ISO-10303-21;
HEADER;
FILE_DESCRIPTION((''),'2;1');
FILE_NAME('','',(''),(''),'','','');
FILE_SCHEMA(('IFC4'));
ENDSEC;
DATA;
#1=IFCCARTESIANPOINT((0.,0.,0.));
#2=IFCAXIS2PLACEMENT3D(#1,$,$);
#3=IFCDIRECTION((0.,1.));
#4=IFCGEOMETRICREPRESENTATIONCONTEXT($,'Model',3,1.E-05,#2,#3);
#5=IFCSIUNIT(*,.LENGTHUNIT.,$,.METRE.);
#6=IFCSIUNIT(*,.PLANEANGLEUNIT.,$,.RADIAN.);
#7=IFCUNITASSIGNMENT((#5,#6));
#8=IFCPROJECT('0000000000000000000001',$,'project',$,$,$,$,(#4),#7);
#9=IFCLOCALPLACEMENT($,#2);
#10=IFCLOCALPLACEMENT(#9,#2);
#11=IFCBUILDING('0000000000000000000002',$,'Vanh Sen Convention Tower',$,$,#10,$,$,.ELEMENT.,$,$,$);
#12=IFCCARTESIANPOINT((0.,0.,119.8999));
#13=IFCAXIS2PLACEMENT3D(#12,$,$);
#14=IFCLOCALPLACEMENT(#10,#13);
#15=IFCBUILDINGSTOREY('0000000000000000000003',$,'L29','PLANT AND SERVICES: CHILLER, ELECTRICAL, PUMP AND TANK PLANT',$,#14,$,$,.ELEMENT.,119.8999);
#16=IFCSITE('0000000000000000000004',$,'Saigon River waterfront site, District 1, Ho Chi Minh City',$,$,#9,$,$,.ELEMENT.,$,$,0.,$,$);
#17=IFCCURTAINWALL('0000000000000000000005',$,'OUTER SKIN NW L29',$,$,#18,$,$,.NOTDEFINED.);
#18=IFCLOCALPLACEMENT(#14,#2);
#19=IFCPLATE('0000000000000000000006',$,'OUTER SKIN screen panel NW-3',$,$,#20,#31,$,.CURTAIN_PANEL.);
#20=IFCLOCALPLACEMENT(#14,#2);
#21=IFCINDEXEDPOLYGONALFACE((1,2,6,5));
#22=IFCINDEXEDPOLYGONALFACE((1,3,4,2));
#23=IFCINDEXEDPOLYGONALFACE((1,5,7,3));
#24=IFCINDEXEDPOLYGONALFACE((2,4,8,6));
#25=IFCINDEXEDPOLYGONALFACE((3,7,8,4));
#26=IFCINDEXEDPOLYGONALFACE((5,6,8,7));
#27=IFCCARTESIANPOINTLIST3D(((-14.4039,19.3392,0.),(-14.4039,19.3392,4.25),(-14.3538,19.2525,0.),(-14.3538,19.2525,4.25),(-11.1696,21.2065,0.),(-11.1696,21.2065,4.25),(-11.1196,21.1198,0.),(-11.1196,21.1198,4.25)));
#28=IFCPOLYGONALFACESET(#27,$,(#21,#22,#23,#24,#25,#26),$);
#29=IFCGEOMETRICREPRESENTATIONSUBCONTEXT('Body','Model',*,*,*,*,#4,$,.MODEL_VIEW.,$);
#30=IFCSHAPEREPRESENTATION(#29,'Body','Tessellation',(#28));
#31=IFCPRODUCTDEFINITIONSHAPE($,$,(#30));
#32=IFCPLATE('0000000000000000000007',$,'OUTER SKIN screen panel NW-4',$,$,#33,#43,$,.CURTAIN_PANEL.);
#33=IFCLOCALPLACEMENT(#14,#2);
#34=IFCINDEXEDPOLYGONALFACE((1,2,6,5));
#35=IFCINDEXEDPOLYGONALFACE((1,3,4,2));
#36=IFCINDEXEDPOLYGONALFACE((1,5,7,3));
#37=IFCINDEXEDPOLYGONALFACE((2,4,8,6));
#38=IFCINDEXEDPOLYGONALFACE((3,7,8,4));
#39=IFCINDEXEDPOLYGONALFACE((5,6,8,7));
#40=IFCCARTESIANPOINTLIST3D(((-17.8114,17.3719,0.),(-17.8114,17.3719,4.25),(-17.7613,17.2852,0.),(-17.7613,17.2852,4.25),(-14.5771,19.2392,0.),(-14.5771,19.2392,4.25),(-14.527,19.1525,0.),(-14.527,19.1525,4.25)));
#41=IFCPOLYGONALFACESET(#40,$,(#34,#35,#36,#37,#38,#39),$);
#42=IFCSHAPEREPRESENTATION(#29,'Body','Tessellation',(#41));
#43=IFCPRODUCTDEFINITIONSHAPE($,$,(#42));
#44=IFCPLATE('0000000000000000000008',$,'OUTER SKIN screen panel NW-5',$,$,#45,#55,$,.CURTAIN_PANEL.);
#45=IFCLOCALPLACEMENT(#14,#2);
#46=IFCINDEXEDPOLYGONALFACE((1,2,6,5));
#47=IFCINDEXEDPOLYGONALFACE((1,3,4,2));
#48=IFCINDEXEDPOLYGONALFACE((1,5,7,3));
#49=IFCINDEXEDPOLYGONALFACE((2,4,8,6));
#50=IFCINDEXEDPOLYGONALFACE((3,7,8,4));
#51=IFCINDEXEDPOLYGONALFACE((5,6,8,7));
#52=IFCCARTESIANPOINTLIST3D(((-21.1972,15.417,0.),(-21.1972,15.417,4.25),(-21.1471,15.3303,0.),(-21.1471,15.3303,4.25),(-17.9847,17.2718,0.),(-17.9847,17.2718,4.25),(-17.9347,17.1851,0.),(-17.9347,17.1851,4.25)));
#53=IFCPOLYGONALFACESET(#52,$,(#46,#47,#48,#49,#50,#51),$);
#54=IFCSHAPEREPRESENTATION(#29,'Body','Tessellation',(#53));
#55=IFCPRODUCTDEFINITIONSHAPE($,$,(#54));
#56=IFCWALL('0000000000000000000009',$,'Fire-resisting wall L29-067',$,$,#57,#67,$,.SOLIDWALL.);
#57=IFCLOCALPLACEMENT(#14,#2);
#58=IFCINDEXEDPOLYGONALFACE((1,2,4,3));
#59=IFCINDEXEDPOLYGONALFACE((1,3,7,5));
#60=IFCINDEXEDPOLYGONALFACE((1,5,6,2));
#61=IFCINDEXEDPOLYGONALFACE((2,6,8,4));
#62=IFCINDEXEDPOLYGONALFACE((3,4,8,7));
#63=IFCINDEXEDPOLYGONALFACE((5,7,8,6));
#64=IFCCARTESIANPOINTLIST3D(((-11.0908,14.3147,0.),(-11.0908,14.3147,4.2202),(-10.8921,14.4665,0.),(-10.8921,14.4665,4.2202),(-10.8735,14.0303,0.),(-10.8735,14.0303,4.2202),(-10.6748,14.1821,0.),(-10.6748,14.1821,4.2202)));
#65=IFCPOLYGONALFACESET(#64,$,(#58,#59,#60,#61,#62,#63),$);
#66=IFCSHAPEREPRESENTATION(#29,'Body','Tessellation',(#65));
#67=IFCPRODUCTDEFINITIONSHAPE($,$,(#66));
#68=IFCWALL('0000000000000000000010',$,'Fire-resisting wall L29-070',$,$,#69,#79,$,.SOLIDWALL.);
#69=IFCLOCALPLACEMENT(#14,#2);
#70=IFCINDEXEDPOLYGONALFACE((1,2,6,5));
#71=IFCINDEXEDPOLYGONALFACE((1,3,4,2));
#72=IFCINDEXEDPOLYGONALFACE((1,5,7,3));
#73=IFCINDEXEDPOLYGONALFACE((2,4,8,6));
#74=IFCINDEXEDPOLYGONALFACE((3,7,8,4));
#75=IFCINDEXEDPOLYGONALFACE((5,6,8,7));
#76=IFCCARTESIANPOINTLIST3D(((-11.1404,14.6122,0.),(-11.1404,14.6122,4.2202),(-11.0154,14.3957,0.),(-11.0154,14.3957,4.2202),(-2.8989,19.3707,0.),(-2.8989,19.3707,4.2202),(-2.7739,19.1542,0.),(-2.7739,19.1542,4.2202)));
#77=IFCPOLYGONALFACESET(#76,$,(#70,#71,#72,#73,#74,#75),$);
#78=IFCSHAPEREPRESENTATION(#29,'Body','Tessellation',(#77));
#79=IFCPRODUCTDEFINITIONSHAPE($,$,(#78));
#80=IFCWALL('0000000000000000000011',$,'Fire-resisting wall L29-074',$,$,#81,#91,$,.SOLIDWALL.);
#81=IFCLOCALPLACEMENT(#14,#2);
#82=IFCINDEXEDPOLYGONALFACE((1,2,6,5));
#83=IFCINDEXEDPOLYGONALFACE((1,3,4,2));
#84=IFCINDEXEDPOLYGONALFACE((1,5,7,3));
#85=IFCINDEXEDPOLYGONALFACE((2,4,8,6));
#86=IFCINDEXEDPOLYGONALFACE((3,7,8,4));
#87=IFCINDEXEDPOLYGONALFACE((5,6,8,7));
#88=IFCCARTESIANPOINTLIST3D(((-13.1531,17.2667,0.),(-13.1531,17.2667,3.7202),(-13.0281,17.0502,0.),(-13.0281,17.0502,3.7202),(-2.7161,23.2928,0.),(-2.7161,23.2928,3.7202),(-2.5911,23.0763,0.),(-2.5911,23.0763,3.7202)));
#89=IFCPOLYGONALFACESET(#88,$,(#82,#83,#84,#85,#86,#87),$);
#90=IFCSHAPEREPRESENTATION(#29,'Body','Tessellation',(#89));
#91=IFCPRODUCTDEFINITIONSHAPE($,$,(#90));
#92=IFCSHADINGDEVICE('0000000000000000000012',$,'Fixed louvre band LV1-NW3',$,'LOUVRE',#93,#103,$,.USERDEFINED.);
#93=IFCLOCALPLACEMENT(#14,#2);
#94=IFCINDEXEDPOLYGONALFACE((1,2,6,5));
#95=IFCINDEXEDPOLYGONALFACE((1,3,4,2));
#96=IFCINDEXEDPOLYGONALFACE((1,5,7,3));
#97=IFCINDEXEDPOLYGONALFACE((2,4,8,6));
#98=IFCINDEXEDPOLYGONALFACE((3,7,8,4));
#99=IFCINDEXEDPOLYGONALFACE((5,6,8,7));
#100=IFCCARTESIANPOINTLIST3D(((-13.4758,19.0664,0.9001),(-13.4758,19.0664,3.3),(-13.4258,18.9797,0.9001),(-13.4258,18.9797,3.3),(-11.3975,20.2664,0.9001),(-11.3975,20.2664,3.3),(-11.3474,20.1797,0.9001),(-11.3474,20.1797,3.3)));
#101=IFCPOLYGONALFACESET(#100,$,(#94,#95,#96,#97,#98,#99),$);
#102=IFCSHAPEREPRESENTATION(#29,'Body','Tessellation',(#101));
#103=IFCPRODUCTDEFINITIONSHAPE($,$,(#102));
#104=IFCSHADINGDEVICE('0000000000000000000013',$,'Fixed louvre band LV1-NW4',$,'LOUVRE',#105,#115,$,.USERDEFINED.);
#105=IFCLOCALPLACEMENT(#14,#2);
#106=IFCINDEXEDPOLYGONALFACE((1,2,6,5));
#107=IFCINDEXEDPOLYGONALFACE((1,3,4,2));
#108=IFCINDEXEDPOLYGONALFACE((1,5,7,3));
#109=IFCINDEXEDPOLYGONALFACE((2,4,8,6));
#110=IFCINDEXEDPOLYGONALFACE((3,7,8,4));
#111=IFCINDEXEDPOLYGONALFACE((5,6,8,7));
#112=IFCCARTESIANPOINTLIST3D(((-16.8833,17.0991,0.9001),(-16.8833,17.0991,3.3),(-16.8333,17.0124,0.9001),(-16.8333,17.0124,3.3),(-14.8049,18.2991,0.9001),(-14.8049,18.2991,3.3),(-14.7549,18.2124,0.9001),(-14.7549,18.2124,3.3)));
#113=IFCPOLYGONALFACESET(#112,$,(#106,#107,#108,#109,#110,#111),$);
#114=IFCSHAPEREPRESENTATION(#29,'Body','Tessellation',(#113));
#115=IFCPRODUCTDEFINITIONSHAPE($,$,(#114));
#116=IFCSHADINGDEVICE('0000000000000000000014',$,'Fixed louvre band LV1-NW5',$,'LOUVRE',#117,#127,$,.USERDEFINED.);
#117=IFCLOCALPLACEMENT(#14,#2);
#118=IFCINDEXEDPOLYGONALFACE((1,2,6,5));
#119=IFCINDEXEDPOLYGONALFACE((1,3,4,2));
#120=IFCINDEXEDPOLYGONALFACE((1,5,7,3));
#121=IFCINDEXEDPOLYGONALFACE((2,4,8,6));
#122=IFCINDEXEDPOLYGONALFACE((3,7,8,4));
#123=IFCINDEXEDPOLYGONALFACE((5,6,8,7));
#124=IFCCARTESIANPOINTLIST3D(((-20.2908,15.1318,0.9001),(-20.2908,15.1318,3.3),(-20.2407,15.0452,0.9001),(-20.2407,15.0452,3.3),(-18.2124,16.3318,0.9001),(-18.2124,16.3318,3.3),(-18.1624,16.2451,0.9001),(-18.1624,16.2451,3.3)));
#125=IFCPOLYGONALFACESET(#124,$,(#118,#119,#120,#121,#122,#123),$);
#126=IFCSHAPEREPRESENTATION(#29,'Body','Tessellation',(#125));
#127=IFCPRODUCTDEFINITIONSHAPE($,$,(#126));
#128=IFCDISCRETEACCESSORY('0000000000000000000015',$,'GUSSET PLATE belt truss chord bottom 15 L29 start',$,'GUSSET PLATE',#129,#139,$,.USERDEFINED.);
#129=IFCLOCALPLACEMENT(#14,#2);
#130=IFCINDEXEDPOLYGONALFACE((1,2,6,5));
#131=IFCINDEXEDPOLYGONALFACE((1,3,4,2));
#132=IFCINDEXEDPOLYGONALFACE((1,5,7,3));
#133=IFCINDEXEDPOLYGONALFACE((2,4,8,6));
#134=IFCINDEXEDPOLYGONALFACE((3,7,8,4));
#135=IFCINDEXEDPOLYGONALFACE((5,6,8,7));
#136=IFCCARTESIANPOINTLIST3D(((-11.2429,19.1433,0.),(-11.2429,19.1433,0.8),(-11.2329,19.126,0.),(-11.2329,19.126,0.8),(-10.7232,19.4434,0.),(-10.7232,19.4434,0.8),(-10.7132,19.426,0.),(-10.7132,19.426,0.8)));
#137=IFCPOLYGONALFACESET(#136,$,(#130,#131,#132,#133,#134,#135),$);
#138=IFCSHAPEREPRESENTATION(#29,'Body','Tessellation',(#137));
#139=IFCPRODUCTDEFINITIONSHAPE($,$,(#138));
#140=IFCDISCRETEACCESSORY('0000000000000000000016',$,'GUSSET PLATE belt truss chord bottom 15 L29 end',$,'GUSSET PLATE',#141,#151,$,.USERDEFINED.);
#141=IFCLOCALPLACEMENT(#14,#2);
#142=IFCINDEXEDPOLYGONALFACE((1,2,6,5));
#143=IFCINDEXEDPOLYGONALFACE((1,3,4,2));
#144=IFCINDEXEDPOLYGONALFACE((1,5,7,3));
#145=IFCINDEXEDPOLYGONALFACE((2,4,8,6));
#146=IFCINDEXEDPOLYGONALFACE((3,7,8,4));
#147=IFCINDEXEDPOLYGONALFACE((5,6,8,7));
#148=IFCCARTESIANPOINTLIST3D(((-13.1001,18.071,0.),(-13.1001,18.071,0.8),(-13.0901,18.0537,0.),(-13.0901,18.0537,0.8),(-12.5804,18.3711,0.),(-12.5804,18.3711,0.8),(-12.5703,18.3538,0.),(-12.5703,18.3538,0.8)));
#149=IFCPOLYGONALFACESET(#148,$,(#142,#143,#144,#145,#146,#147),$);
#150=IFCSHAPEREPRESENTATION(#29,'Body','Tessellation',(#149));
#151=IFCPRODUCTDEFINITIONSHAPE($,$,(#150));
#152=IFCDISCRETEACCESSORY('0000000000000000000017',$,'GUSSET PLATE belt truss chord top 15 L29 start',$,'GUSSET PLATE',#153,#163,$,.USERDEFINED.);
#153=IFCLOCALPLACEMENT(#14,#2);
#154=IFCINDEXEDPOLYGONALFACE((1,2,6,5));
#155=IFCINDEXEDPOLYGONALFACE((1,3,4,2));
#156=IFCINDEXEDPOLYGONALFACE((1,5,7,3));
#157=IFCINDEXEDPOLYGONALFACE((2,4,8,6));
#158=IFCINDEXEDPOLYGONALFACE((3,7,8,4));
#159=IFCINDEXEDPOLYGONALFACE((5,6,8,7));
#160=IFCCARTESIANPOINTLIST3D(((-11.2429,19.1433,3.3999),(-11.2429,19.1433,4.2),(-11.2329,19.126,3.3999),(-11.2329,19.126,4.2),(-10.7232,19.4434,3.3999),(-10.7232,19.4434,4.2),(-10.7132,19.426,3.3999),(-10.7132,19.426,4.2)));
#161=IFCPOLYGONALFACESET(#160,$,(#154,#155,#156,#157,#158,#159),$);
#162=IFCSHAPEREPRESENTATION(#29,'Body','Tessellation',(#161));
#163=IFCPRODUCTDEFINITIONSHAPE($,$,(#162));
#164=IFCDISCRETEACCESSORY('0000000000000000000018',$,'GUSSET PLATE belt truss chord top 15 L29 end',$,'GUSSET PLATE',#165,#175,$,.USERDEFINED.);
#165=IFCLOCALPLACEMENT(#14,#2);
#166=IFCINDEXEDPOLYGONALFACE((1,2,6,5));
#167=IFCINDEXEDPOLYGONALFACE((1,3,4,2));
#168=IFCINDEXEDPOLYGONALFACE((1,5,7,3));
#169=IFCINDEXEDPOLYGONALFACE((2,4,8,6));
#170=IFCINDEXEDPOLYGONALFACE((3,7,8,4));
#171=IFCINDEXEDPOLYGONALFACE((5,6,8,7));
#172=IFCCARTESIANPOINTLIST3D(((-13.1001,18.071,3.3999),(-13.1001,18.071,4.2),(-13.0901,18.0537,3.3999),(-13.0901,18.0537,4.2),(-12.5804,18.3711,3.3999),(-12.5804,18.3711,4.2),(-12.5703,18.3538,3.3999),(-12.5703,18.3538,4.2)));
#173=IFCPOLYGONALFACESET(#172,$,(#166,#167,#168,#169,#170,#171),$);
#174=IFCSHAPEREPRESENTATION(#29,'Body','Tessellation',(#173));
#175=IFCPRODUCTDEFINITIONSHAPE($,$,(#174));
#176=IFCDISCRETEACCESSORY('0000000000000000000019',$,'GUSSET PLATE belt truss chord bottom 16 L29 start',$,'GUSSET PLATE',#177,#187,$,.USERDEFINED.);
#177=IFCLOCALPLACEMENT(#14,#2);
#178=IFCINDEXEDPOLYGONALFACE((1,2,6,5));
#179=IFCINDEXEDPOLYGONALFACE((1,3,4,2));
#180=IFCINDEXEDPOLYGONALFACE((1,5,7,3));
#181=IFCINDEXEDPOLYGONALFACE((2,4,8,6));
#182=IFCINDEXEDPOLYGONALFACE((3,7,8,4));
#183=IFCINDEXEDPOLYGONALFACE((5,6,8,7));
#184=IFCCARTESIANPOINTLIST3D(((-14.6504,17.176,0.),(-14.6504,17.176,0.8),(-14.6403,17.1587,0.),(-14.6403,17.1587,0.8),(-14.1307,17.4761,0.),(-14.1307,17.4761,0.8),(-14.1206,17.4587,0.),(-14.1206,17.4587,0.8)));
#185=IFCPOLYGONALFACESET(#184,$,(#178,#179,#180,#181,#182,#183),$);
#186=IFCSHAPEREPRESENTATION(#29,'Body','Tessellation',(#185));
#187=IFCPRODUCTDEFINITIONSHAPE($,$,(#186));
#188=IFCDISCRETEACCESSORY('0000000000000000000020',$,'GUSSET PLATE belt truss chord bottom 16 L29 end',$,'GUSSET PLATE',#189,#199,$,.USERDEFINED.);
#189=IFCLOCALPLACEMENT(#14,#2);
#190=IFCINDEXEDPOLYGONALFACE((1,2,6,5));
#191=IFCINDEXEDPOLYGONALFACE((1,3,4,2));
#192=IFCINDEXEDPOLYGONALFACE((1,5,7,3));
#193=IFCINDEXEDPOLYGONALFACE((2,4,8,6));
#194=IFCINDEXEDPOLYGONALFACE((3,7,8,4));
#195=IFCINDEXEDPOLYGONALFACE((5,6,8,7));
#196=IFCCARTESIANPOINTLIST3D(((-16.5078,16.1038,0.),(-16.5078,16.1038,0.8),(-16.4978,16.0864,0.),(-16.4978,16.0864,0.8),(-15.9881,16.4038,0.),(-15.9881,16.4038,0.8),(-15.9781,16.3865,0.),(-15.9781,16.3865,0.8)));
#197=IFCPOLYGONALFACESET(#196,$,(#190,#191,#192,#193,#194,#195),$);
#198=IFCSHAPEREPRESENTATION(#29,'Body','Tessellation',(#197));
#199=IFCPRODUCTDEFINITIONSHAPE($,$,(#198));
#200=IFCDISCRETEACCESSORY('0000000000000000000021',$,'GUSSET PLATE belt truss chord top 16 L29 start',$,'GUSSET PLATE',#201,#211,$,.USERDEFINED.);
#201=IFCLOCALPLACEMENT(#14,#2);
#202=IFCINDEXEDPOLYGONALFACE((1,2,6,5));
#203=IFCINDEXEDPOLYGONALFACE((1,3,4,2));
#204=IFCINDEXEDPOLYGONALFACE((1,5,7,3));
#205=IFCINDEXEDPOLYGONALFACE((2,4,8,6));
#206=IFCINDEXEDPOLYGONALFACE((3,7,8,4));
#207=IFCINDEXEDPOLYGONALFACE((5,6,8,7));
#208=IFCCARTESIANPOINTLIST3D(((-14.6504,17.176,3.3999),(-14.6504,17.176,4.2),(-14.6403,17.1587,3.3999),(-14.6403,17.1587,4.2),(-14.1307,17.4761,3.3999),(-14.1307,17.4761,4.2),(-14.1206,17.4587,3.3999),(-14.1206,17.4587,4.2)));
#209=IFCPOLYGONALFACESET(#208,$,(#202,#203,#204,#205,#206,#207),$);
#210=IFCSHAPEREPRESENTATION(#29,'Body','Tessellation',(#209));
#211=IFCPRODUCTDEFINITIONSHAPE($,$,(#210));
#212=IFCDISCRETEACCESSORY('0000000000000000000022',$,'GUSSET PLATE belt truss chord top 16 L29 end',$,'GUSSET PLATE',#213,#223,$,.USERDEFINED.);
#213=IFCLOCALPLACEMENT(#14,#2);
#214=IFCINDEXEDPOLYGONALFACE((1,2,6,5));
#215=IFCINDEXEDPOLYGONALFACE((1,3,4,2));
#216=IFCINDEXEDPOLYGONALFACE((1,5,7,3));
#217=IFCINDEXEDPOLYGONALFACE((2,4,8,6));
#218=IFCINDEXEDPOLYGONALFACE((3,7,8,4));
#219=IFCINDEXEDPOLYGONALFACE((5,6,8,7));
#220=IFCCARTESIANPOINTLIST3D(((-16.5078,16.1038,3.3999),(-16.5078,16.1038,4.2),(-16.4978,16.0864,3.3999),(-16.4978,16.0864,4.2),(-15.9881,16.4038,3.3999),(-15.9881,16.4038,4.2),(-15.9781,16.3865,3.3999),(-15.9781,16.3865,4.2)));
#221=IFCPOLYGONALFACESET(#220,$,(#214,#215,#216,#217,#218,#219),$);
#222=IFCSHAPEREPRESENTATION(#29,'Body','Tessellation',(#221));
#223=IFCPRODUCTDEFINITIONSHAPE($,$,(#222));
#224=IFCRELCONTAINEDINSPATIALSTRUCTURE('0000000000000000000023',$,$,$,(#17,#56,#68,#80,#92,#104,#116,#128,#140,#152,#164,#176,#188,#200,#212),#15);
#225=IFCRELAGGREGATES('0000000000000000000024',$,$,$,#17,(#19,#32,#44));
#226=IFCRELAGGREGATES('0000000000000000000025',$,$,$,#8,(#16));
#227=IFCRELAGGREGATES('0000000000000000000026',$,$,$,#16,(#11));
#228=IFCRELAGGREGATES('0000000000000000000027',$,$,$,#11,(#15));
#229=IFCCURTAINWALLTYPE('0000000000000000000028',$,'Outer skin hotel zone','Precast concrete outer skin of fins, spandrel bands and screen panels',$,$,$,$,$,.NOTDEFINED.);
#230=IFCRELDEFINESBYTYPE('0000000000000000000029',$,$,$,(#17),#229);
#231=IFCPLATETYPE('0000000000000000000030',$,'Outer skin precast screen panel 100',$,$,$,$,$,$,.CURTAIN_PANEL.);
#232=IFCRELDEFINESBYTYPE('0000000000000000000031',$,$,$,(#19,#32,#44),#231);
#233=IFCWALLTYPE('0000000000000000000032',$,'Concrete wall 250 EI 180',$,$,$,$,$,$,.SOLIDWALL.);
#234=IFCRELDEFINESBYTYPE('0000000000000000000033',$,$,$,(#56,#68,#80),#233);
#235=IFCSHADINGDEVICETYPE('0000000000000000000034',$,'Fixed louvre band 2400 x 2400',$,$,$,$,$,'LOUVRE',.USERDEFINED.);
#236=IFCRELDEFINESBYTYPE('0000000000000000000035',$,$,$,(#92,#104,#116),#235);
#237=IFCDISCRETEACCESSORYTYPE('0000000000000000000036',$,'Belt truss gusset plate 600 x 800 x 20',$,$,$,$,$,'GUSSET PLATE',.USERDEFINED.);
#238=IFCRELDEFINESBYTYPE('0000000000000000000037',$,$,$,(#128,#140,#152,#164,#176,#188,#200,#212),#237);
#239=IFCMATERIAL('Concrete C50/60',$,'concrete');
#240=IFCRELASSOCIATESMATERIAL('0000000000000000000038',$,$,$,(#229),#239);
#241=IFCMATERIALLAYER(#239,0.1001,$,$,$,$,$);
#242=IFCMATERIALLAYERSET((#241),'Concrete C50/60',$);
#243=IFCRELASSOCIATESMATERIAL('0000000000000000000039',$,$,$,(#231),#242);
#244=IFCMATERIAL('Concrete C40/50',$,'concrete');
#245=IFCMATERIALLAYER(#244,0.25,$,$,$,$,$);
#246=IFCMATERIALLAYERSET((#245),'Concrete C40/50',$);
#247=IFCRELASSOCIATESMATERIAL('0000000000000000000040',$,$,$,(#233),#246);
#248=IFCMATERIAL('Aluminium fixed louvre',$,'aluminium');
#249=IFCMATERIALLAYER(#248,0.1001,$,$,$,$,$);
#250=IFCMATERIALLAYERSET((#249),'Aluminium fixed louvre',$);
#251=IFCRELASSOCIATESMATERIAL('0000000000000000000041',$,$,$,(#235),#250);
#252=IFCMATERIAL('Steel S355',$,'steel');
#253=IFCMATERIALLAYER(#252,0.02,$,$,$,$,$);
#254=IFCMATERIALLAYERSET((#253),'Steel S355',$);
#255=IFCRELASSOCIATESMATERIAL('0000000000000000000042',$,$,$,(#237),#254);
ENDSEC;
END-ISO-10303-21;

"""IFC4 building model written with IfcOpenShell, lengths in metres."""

from ifc_helpers import new_model, si_unit, direction, frame, frame_2d, origin, origin_2d, place, context, subcontext, project, spatial, rectangle, extrude, material, layer, layer_set, type_object, element, aggregate, save


model = new_model("IFC4")

# Units and contexts
model_context = context("Model", 3, precision=1e-05, world=origin(), true_north=direction((0.0, 1.0)))
body_context = subcontext(model_context, "Body", "Model", "MODEL_VIEW")
ifc_project = project(units=[si_unit("LENGTHUNIT", "METRE"), si_unit("PLANEANGLEUNIT", "RADIAN")], contexts=[model_context])

# Site, building, storey
site_placement = place(None, origin())
site = spatial("IfcSite", under=ifc_project, at=site_placement, Name="Saigon River waterfront site, District 1, Ho Chi Minh City", CompositionType="ELEMENT", RefElevation=0.0)
building_placement = place(site_placement, origin())
building = spatial("IfcBuilding", under=site, at=building_placement, Name="Vanh Sen Convention Tower", CompositionType="ELEMENT")
storey_placement = place(building_placement, frame((0.0, 0.0, 119.8999)))
storey = spatial("IfcBuildingStorey", under=building, at=storey_placement, Name="L29", Description="PLANT AND SERVICES: CHILLER, ELECTRICAL, PUMP AND TANK PLANT", CompositionType="ELEMENT", Elevation=119.8999)

# Shared definitions
ifc_material_1 = material(Name="Steel S355", Category="steel")

# Curtain wall
ifc_material_2 = material(Name="Concrete C50/60", Category="concrete")
curtain_wall_type = type_object("IfcCurtainWallType", Name="Outer skin hotel zone", Description="Precast concrete outer skin of fins, spandrel bands and screen panels", PredefinedType="NOTDEFINED", material=ifc_material_2)
curtain_wall_1_placement = place(storey_placement, origin())
curtain_wall_1 = element("IfcCurtainWall", 1, at=curtain_wall_1_placement, inside=storey, type_object=curtain_wall_type, Name="OUTER SKIN NW L29", PredefinedType="NOTDEFINED")

# Plates
ifc_layer_1 = layer(ifc_material_2, 0.1001)
ifc_layer_set_1 = layer_set([ifc_layer_1], Name="Concrete C50/60")
plate_type = type_object("IfcPlateType", Name="Outer skin precast screen panel 100", PredefinedType="CURTAIN_PANEL", material=ifc_layer_set_1)
plate_1_placement = place(storey_placement, frame((-12.7617, 20.2295, 0.0), z_axis=(0.0, 0.0, 1.0), x_axis=(-0.866028, -0.499995, 0.0)))
plate_1 = element("IfcPlate", 2, at=plate_1_placement, type_object=plate_type, Name="OUTER SKIN screen panel NW-3", PredefinedType="CURTAIN_PANEL", context=body_context, shape_type="SweptSolid", body=[
    extrude(rectangle(XDim=3.7346, YDim=0.1001, at=origin_2d()), origin(), (0.0, 0.0, 1.0), 4.25),
])
plate_2_placement = place(storey_placement, frame((-16.1692, 18.2622, 0.0), z_axis=(0.0, 0.0, 1.0), x_axis=(-0.866028, -0.499995, 0.0)))
plate_2 = element("IfcPlate", 3, at=plate_2_placement, type_object=plate_type, Name="OUTER SKIN screen panel NW-4", PredefinedType="CURTAIN_PANEL", context=body_context, shape_type="SweptSolid", body=[
    extrude(rectangle(XDim=3.7346, YDim=0.1001, at=origin_2d()), origin(), (0.0, 0.0, 1.0), 4.25),
])
plate_3_placement = place(storey_placement, frame((-19.5659, 16.301, 0.0), z_axis=(0.0, 0.0, 1.0), x_axis=(-0.866021, -0.500008, 0.0)))
plate_3 = element("IfcPlate", 4, at=plate_3_placement, type_object=plate_type, Name="OUTER SKIN screen panel NW-5", PredefinedType="CURTAIN_PANEL", context=body_context, shape_type="SweptSolid", body=[
    extrude(rectangle(XDim=3.7095, YDim=0.1001, at=origin_2d()), origin(), (0.0, 0.0, 1.0), 4.25),
])
aggregate(curtain_wall_1, [plate_1, plate_2, plate_3])

# Walls
ifc_material_3 = material(Name="Concrete C40/50", Category="concrete")
ifc_layer_2 = layer(ifc_material_3, 0.25)
ifc_layer_set_2 = layer_set([ifc_layer_2], Name="Concrete C40/50")
wall_type = type_object("IfcWallType", Name="Concrete wall 250 EI 180", PredefinedType="SOLIDWALL", material=ifc_layer_set_2)
wall_1_placement = place(storey_placement, frame((-10.9915, 14.3906, 0.0), z_axis=(0.0, 0.0, 1.0), x_axis=(0.60707, -0.794648, 0.0)))
element("IfcWall", 5, at=wall_1_placement, inside=storey, type_object=wall_type, Name="Fire-resisting wall L29-067", PredefinedType="SOLIDWALL", context=body_context, shape_type="SweptSolid", body=[
    extrude(rectangle(XDim=0.3579, YDim=0.25, at=frame_2d((0.179, 0.0))), origin(), (0.0, 0.0, 1.0), 4.2202),
])
wall_2_placement = place(storey_placement, frame((-11.0779, 14.5039, 0.0), z_axis=(0.0, 0.0, 1.0), x_axis=(0.86601, 0.500027, 0.0)))
element("IfcWall", 6, at=wall_2_placement, inside=storey, type_object=wall_type, Name="Fire-resisting wall L29-070", PredefinedType="SOLIDWALL", context=body_context, shape_type="SweptSolid", body=[
    extrude(rectangle(XDim=9.5166, YDim=0.25, at=frame_2d((4.7583, 0.0))), origin(), (0.0, 0.0, 1.0), 4.2202),
])
wall_3_placement = place(storey_placement, frame((-13.0906, 17.1584, 0.0), z_axis=(0.0, 0.0, 1.0), x_axis=(0.866014, 0.500019, 0.0)))
element("IfcWall", 7, at=wall_3_placement, inside=storey, type_object=wall_type, Name="Fire-resisting wall L29-074", PredefinedType="SOLIDWALL", context=body_context, shape_type="SweptSolid", body=[
    extrude(rectangle(XDim=12.0518, YDim=0.25, at=frame_2d((6.0259, 0.0))), origin(), (0.0, 0.0, 1.0), 3.7202),
])

# Shading devices
ifc_material_4 = material(Name="Aluminium fixed louvre", Category="aluminium")
ifc_layer_3 = layer(ifc_material_4, 0.1001)
ifc_layer_set_3 = layer_set([ifc_layer_3], Name="Aluminium fixed louvre")
shading_device_type = type_object("IfcShadingDeviceType", Name="Fixed louvre band 2400 x 2400", ElementType="LOUVRE", PredefinedType="USERDEFINED", material=ifc_layer_set_3)
for number, where, z_axis, x_axis, name in (
    (8, (-12.4116, 19.623, 0.9001), (0.0, 0.0, 1.0), (-0.866025, -0.500002, 0.0), "Fixed louvre band LV1-NW3"),
    (9, (-15.8191, 17.6558, 0.9001), (0.0, 0.0, 1.0), (-0.866025, -0.500002, 0.0), "Fixed louvre band LV1-NW4"),
    (10, (-19.2266, 15.6885, 0.9001), (0.0, 0.0, 1.0), (-0.866025, -0.500002, 0.0), "Fixed louvre band LV1-NW5"),
):
    element("IfcShadingDevice", number, at=place(storey_placement, frame(where, z_axis=z_axis, x_axis=x_axis)), inside=storey, type_object=shading_device_type, Name=name, ObjectType="LOUVRE", PredefinedType="USERDEFINED", context=body_context, shape_type="SweptSolid", body=[
        extrude(rectangle(XDim=2.3999, YDim=0.1001, at=origin_2d()), origin(), (0.0, 0.0, 1.0), 2.3999),
    ])

# Discrete accessories
ifc_layer_4 = layer(ifc_material_1, 0.02)
ifc_layer_set_4 = layer_set([ifc_layer_4], Name="Steel S355")
discrete_accessory_type_1 = type_object("IfcDiscreteAccessoryType", Name="Belt truss gusset plate 600 x 800 x 20", ElementType="GUSSET PLATE", PredefinedType="USERDEFINED", material=ifc_layer_set_4)
for number, where, z_axis, x_axis, name in (
    (11, (-10.978, 19.2847, 0.0), (0.0, 0.0, 1.0), (-0.866028, -0.499995, 0.0), "GUSSET PLATE belt truss chord bottom 15 L29 start"),
    (12, (-12.8352, 18.2124, 0.0), (0.0, 0.0, 1.0), (0.866028, 0.499995, 0.0), "GUSSET PLATE belt truss chord bottom 15 L29 end"),
    (13, (-10.978, 19.2847, 3.3999), (0.0, 0.0, 1.0), (-0.866028, -0.499995, 0.0), "GUSSET PLATE belt truss chord top 15 L29 start"),
    (14, (-12.8352, 18.2124, 3.3999), (0.0, 0.0, 1.0), (0.866028, 0.499995, 0.0), "GUSSET PLATE belt truss chord top 15 L29 end"),
    (15, (-14.3855, 17.3174, 0.0), (0.0, 0.0, 1.0), (-0.866028, -0.499995, 0.0), "GUSSET PLATE belt truss chord bottom 16 L29 start"),
    (16, (-16.2429, 16.2451, 0.0), (0.0, 0.0, 1.0), (0.866028, 0.499995, 0.0), "GUSSET PLATE belt truss chord bottom 16 L29 end"),
    (17, (-14.3855, 17.3174, 3.3999), (0.0, 0.0, 1.0), (-0.866028, -0.499995, 0.0), "GUSSET PLATE belt truss chord top 16 L29 start"),
    (18, (-16.2429, 16.2451, 3.3999), (0.0, 0.0, 1.0), (0.866028, 0.499995, 0.0), "GUSSET PLATE belt truss chord top 16 L29 end"),
):
    element("IfcDiscreteAccessory", number, at=place(storey_placement, frame(where, z_axis=z_axis, x_axis=x_axis)), inside=storey, type_object=discrete_accessory_type_1, Name=name, ObjectType="GUSSET PLATE", PredefinedType="USERDEFINED", context=body_context, shape_type="SweptSolid", body=[
        extrude(rectangle(XDim=0.6001, YDim=0.02, at=origin_2d()), origin(), (0.0, 0.0, 1.0), 0.8),
    ])

save(model, "model.ifc")
